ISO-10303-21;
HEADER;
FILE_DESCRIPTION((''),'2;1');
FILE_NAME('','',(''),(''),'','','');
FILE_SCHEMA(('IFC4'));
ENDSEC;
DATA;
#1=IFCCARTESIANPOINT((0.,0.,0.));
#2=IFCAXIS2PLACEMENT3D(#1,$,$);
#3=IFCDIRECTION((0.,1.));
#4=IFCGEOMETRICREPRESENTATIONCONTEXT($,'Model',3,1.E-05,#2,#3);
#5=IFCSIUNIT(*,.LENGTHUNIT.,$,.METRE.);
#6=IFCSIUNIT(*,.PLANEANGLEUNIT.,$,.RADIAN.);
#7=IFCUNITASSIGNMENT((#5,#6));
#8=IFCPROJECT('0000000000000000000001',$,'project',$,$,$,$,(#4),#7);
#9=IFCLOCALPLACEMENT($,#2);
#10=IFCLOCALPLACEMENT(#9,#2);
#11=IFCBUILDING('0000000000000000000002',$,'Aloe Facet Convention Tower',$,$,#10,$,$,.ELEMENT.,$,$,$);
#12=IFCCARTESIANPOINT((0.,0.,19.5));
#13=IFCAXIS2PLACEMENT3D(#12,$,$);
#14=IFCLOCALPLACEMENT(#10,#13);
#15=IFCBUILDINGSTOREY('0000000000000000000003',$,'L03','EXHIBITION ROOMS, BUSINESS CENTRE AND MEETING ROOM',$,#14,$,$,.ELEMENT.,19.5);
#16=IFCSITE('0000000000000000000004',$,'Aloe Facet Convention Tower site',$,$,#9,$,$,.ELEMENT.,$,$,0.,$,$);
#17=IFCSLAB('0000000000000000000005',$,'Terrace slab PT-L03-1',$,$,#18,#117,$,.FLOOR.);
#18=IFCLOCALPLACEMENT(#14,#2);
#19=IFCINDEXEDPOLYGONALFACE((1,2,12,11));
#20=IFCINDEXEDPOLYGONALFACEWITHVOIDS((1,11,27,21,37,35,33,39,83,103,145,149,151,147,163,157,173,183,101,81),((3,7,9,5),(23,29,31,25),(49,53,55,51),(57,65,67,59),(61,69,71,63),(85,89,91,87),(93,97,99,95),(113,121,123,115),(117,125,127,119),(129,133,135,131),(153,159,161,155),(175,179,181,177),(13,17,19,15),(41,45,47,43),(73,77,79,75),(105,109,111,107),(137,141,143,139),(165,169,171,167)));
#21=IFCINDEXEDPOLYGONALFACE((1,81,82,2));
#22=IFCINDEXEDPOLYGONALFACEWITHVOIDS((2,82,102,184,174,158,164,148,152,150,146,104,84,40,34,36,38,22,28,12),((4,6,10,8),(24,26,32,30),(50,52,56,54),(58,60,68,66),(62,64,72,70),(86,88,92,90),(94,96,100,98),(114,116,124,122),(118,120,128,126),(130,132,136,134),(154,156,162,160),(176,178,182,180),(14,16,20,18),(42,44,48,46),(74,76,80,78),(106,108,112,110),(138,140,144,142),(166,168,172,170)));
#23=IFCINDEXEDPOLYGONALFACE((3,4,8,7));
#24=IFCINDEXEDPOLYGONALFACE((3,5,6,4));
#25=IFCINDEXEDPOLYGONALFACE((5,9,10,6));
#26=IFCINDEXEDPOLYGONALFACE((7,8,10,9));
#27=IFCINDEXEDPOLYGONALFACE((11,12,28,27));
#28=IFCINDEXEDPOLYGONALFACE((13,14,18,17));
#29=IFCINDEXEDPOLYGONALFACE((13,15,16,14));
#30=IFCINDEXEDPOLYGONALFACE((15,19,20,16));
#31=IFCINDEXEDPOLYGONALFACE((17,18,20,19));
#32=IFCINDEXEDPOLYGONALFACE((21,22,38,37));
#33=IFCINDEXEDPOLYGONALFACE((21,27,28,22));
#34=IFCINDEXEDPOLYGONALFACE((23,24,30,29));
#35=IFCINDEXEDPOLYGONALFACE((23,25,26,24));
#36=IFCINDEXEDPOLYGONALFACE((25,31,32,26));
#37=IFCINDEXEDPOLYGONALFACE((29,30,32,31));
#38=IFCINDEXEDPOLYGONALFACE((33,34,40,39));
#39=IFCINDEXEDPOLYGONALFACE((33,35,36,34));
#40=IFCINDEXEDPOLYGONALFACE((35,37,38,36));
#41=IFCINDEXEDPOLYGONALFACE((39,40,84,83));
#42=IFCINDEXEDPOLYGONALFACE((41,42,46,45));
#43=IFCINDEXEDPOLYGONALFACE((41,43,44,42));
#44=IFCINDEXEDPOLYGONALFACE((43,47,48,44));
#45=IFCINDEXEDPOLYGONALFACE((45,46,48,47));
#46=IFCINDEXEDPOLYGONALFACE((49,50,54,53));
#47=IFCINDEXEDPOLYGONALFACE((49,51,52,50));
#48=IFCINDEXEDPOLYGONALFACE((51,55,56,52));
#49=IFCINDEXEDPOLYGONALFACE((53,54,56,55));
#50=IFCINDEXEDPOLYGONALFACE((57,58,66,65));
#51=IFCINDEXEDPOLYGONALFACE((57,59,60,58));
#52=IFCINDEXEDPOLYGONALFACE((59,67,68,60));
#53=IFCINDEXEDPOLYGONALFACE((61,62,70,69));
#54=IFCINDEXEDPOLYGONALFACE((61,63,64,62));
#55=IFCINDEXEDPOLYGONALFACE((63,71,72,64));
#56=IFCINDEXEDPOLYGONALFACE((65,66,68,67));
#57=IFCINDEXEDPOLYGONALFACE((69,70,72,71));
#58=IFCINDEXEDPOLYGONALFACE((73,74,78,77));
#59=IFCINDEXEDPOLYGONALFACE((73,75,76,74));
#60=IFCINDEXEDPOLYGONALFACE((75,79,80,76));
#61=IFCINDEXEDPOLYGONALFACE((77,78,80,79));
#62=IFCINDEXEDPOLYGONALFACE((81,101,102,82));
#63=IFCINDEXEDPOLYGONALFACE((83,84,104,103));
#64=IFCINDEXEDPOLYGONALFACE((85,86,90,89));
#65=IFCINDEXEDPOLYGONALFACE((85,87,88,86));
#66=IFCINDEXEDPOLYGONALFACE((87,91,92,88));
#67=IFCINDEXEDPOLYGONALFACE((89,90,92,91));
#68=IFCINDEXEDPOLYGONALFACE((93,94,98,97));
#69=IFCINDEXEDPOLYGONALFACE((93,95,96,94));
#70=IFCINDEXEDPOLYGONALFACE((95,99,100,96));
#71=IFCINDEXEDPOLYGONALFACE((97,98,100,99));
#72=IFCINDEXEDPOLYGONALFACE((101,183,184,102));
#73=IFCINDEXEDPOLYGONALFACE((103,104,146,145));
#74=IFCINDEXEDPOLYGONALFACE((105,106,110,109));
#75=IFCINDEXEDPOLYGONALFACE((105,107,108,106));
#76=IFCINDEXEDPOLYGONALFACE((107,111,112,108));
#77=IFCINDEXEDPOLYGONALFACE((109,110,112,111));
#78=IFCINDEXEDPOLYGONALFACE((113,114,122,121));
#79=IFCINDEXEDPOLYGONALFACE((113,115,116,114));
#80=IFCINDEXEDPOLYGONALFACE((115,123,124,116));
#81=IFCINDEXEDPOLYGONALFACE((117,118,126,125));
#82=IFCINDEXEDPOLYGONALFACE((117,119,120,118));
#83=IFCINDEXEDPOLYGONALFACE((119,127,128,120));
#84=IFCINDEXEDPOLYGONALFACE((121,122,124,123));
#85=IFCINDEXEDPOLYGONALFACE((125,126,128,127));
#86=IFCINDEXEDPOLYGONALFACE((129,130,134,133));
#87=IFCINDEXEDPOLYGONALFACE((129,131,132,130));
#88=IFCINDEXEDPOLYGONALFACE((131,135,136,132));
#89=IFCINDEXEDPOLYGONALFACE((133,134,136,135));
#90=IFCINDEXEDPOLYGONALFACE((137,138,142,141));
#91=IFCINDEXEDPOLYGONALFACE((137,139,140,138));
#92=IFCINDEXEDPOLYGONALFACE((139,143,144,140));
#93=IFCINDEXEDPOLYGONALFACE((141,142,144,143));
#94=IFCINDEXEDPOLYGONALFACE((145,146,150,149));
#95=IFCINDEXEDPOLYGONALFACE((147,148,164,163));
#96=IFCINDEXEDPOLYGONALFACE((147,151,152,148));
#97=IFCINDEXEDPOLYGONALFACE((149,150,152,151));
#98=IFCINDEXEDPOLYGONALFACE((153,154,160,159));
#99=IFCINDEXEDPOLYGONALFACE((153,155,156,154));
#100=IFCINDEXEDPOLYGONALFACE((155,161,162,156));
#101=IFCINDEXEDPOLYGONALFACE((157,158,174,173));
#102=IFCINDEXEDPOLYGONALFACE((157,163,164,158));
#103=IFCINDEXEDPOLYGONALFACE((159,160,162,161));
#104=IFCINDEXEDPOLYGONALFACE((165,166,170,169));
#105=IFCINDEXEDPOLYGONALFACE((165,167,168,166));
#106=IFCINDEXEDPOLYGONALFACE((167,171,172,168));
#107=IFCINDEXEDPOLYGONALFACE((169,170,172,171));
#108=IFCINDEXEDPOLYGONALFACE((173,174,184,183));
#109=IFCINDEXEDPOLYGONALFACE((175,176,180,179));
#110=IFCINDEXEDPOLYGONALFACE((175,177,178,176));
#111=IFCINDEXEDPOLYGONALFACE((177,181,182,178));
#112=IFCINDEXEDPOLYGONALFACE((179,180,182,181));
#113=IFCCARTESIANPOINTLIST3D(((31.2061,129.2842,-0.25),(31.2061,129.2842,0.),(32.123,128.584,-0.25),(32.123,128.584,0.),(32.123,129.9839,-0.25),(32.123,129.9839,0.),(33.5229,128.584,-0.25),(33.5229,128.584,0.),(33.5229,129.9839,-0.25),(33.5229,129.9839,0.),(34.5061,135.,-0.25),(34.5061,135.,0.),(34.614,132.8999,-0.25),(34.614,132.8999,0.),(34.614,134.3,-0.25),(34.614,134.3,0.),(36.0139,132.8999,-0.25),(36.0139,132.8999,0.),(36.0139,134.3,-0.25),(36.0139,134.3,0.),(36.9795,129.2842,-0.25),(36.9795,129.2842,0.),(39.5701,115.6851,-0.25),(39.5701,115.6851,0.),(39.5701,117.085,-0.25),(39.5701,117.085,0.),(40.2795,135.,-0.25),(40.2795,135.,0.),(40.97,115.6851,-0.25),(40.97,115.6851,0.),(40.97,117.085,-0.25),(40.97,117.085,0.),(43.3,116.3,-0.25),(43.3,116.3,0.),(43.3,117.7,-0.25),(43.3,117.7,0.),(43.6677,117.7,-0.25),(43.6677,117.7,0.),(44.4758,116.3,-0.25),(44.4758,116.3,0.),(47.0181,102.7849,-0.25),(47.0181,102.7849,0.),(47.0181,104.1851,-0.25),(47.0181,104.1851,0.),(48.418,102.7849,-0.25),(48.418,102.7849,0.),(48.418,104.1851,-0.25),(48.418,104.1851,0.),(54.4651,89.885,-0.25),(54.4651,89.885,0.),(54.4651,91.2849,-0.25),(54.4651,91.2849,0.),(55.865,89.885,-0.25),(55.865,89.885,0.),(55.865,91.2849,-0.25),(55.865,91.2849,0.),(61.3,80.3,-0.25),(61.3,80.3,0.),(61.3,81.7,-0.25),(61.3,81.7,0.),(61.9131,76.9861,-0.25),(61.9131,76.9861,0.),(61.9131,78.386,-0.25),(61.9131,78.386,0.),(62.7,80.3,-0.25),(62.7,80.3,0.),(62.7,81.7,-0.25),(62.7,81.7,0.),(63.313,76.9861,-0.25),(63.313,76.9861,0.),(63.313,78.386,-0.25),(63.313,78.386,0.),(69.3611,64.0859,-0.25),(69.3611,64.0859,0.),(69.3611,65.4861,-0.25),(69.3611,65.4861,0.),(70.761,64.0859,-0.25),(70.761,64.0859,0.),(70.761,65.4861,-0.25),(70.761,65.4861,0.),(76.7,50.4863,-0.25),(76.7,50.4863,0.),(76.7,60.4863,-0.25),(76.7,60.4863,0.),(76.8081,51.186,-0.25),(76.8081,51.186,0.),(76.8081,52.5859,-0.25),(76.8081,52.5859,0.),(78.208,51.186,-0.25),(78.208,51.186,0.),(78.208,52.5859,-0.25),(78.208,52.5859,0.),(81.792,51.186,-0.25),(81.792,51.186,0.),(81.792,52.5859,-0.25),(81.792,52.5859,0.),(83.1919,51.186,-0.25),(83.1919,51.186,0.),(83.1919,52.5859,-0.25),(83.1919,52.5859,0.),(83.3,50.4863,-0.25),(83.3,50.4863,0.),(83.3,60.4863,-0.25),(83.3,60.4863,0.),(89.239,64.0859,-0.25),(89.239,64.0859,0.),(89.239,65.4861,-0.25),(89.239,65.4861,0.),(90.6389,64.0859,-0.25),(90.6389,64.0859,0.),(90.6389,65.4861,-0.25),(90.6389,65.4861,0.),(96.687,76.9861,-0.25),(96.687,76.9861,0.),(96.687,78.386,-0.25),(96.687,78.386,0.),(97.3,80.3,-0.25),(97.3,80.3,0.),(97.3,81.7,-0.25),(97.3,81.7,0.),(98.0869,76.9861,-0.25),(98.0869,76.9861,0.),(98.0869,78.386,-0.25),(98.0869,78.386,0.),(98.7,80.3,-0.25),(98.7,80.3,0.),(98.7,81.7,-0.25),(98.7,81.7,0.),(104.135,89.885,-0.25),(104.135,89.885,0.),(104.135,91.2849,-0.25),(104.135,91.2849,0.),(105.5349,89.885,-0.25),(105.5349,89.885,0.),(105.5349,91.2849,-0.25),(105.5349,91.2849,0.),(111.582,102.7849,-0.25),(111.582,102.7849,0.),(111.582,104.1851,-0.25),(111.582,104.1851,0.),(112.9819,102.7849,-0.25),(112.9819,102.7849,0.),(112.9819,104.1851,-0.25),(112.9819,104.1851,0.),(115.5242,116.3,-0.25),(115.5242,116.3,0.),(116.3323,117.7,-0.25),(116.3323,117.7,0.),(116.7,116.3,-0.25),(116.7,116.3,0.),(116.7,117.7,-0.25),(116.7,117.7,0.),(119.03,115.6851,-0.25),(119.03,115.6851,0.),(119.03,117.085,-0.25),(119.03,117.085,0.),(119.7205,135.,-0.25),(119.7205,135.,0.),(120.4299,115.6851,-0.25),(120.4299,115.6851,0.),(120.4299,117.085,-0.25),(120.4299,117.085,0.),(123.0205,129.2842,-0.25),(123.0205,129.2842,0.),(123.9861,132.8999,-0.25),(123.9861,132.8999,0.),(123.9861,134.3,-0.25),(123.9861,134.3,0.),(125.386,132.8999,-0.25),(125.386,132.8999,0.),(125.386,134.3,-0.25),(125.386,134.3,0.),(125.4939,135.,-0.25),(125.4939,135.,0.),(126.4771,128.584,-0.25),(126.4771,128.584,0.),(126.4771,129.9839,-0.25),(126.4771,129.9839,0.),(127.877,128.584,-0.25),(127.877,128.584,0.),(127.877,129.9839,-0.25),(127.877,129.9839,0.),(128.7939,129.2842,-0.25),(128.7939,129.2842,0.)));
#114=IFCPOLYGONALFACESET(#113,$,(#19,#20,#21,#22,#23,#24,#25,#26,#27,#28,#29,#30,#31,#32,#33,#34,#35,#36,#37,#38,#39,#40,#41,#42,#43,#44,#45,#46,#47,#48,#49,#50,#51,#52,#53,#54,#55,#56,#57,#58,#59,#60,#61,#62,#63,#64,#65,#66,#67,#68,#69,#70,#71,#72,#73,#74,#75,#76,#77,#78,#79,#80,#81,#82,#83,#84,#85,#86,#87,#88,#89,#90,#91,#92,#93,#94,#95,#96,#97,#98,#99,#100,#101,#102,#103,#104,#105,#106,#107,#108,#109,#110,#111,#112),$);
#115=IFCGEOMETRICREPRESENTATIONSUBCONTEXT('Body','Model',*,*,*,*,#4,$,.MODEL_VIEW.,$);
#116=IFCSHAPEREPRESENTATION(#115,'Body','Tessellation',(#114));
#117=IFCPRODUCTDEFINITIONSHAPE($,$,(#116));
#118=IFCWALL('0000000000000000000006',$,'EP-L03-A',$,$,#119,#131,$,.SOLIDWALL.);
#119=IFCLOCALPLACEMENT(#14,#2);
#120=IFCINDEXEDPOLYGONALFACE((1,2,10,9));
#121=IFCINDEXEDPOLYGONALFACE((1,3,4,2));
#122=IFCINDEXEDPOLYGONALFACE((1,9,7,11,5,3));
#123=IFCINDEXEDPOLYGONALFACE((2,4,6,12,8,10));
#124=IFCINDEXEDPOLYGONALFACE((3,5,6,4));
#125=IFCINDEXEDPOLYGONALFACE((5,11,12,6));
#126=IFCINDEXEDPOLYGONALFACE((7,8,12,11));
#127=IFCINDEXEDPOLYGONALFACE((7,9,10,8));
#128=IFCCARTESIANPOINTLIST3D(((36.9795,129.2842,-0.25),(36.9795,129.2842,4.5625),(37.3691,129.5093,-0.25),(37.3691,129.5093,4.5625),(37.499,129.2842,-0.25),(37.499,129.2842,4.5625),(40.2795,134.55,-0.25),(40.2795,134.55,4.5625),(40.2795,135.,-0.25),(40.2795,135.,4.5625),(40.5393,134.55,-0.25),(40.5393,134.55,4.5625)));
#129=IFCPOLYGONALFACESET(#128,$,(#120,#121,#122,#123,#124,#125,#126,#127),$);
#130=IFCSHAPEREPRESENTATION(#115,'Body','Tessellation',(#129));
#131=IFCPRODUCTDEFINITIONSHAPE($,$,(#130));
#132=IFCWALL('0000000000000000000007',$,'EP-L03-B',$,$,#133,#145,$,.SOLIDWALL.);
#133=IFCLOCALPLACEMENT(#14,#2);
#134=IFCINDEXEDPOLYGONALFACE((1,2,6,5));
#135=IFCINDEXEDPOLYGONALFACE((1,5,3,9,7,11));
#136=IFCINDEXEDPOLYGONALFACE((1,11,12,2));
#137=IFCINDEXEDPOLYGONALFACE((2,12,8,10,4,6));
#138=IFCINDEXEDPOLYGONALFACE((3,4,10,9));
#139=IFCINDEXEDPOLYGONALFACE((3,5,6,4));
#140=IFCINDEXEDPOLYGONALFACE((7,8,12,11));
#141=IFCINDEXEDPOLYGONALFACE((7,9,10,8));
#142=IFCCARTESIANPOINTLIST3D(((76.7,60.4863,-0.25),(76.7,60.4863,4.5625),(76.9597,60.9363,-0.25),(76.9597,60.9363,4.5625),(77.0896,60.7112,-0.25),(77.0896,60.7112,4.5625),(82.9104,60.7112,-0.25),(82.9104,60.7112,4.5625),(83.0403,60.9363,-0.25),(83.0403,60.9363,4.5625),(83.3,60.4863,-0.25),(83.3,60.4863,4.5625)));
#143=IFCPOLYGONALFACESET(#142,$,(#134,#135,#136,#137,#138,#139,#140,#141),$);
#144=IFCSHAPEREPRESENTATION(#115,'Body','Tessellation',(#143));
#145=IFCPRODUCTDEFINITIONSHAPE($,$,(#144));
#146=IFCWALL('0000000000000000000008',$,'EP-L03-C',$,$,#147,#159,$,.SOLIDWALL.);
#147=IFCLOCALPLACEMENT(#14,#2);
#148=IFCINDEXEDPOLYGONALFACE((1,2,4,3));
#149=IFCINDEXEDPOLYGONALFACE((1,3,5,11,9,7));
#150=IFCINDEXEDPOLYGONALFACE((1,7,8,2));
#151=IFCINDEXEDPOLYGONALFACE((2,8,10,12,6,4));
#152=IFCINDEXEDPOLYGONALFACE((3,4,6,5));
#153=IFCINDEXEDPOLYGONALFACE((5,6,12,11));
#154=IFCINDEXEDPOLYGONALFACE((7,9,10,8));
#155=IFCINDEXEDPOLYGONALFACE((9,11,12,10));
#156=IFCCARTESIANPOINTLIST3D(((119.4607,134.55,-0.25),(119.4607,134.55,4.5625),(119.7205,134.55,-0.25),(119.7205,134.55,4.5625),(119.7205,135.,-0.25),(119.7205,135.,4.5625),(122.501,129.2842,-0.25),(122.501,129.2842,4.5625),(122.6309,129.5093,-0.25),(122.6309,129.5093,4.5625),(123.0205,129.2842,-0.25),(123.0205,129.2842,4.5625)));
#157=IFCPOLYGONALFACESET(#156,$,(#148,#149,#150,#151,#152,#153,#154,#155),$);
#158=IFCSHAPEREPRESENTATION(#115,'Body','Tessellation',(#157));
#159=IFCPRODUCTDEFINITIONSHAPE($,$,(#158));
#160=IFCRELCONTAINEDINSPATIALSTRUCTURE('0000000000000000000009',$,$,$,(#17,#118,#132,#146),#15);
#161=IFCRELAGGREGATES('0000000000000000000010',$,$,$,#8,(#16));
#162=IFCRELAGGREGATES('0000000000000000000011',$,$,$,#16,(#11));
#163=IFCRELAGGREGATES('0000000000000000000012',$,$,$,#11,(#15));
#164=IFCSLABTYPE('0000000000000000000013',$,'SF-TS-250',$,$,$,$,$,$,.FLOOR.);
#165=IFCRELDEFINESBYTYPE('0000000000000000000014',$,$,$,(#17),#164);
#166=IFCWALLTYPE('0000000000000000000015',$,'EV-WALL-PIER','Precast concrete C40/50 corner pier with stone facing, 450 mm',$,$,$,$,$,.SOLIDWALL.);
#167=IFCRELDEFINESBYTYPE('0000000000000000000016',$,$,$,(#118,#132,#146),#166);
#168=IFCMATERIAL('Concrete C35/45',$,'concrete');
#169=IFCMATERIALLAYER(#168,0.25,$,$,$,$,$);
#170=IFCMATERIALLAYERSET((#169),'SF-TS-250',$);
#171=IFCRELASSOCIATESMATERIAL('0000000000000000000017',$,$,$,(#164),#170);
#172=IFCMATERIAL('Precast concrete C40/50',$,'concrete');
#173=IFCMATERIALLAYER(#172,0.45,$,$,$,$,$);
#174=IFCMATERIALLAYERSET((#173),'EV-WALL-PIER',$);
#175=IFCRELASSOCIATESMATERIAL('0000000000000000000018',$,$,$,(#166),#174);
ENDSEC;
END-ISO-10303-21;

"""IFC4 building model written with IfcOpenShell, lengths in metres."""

from ifc_helpers import new_model, si_unit, direction, frame, origin, place, context, subcontext, project, spatial, polyline, outline, extrude, material, layer, layer_set, type_object, element, save


model = new_model("IFC4")

# Units and contexts
model_context = context("Model", 3, precision=1e-05, world=origin(), true_north=direction((0.0, 1.0)))
body_context = subcontext(model_context, "Body", "Model", "MODEL_VIEW")
ifc_project = project(units=[si_unit("LENGTHUNIT", "METRE"), si_unit("PLANEANGLEUNIT", "RADIAN")], contexts=[model_context])

# Site, building, storey
site_placement = place(None, origin())
site = spatial("IfcSite", under=ifc_project, at=site_placement, Name="Aloe Facet Convention Tower site", CompositionType="ELEMENT", RefElevation=0.0)
building_placement = place(site_placement, origin())
building = spatial("IfcBuilding", under=site, at=building_placement, Name="Aloe Facet Convention Tower", CompositionType="ELEMENT")
storey_placement = place(building_placement, frame((0.0, 0.0, 19.5)))
storey = spatial("IfcBuildingStorey", under=building, at=storey_placement, Name="L03", Description="EXHIBITION ROOMS, BUSINESS CENTRE AND MEETING ROOM", CompositionType="ELEMENT", Elevation=19.5)

# Slab
ifc_material_1 = material(Name="Concrete C35/45", Category="concrete")
ifc_layer_1 = layer(ifc_material_1, 0.25)
ifc_layer_set_1 = layer_set([ifc_layer_1], Name="SF-TS-250")
slab_type_1 = type_object("IfcSlabType", Name="SF-TS-250", PredefinedType="FLOOR", material=ifc_layer_set_1)
slab_1_placement = place(storey_placement, frame((0.0, 0.0, -0.25)))
element("IfcSlab", 1, at=slab_1_placement, inside=storey, type_object=slab_type_1, Name="Terrace slab PT-L03-1", PredefinedType="FLOOR", context=body_context, shape_type="SweptSolid", body=[
    extrude(outline(polyline([(128.7939, 129.2842), (83.3, 50.4863), (76.7, 50.4863), (31.2061, 129.2842), (34.5061, 135.0), (40.2795, 135.0), (36.9795, 129.2842), (43.6677, 117.7), (43.3, 117.7), (43.3, 116.3), (44.4758, 116.3), (76.7, 60.4863), (83.3, 60.4863), (115.5242, 116.3), (116.7, 116.3), (116.7, 117.7), (116.3323, 117.7), (123.0205, 129.2842), (119.7205, 135.0), (125.4939, 135.0), (128.7939, 129.2842)]), holes=[polyline([(61.9131, 76.9861), (63.313, 76.9861), (63.313, 78.386), (61.9131, 78.386), (61.9131, 76.9861)]), polyline([(61.3, 80.3), (62.7, 80.3), (62.7, 81.7), (61.3, 81.7), (61.3, 80.3)]), polyline([(54.4651, 89.885), (55.865, 89.885), (55.865, 91.2849), (54.4651, 91.2849), (54.4651, 89.885)]), polyline([(47.0181, 104.1851), (47.0181, 102.7849), (48.418, 102.7849), (48.418, 104.1851), (47.0181, 104.1851)]), polyline([(39.5701, 115.6851), (40.97, 115.6851), (40.97, 117.085), (39.5701, 117.085), (39.5701, 115.6851)]), polyline([(32.123, 129.9839), (32.123, 128.584), (33.5229, 128.584), (33.5229, 129.9839), (32.123, 129.9839)]), polyline([(34.614, 132.8999), (36.0139, 132.8999), (36.0139, 134.3), (34.614, 134.3), (34.614, 132.8999)]), polyline([(76.8081, 52.5859), (76.8081, 51.186), (78.208, 51.186), (78.208, 52.5859), (76.8081, 52.5859)]), polyline([(81.792, 52.5859), (81.792, 51.186), (83.1919, 51.186), (83.1919, 52.5859), (81.792, 52.5859)]), polyline([(69.3611, 65.4861), (69.3611, 64.0859), (70.761, 64.0859), (70.761, 65.4861), (69.3611, 65.4861)]), polyline([(89.239, 65.4861), (89.239, 64.0859), (90.6389, 64.0859), (90.6389, 65.4861), (89.239, 65.4861)]), polyline([(96.687, 76.9861), (98.0869, 76.9861), (98.0869, 78.386), (96.687, 78.386), (96.687, 76.9861)]), polyline([(97.3, 80.3), (98.7, 80.3), (98.7, 81.7), (97.3, 81.7), (97.3, 80.3)]), polyline([(104.135, 91.2849), (104.135, 89.885), (105.5349, 89.885), (105.5349, 91.2849), (104.135, 91.2849)]), polyline([(111.582, 102.7849), (112.9819, 102.7849), (112.9819, 104.1851), (111.582, 104.1851), (111.582, 102.7849)]), polyline([(119.03, 115.6851), (120.4299, 115.6851), (120.4299, 117.085), (119.03, 117.085), (119.03, 115.6851)]), polyline([(126.4771, 129.9839), (126.4771, 128.584), (127.877, 128.584), (127.877, 129.9839), (126.4771, 129.9839)]), polyline([(123.9861, 134.3), (123.9861, 132.8999), (125.386, 132.8999), (125.386, 134.3), (123.9861, 134.3)])]), origin(), (0.0, 0.0, 1.0), 0.25),
])

# Walls
ifc_material_2 = material(Name="Precast concrete C40/50", Category="concrete")
ifc_layer_2 = layer(ifc_material_2, 0.45)
ifc_layer_set_2 = layer_set([ifc_layer_2], Name="EV-WALL-PIER")
wall_type = type_object("IfcWallType", Name="EV-WALL-PIER", Description="Precast concrete C40/50 corner pier with stone facing, 450 mm", PredefinedType="SOLIDWALL", material=ifc_layer_set_2)
wall_1_placement = place(storey_placement, frame((0.0, 0.0, -0.25)))
element("IfcWall", 2, at=wall_1_placement, inside=storey, type_object=wall_type, Name="EP-L03-A", PredefinedType="SOLIDWALL", context=body_context, shape_type="SweptSolid", body=[
    extrude(outline(polyline([(40.2795, 135.0), (40.2795, 134.55), (40.5393, 134.55), (37.499, 129.2842), (37.3691, 129.5093), (36.9795, 129.2842), (40.2795, 135.0)])), origin(), (0.0, 0.0, 1.0), 4.8125),
])
wall_2_placement = place(storey_placement, frame((0.0, 0.0, -0.25)))
element("IfcWall", 3, at=wall_2_placement, inside=storey, type_object=wall_type, Name="EP-L03-B", PredefinedType="SOLIDWALL", context=body_context, shape_type="SweptSolid", body=[
    extrude(outline(polyline([(76.7, 60.4863), (77.0896, 60.7112), (76.9597, 60.9363), (83.0403, 60.9363), (82.9104, 60.7112), (83.3, 60.4863), (76.7, 60.4863)])), origin(), (0.0, 0.0, 1.0), 4.8125),
])
wall_3_placement = place(storey_placement, frame((0.0, 0.0, -0.25)))
element("IfcWall", 4, at=wall_3_placement, inside=storey, type_object=wall_type, Name="EP-L03-C", PredefinedType="SOLIDWALL", context=body_context, shape_type="SweptSolid", body=[
    extrude(outline(polyline([(123.0205, 129.2842), (122.6309, 129.5093), (122.501, 129.2842), (119.4607, 134.55), (119.7205, 134.55), (119.7205, 135.0), (123.0205, 129.2842)])), origin(), (0.0, 0.0, 1.0), 4.8125),
])

save(model, "model.ifc")
